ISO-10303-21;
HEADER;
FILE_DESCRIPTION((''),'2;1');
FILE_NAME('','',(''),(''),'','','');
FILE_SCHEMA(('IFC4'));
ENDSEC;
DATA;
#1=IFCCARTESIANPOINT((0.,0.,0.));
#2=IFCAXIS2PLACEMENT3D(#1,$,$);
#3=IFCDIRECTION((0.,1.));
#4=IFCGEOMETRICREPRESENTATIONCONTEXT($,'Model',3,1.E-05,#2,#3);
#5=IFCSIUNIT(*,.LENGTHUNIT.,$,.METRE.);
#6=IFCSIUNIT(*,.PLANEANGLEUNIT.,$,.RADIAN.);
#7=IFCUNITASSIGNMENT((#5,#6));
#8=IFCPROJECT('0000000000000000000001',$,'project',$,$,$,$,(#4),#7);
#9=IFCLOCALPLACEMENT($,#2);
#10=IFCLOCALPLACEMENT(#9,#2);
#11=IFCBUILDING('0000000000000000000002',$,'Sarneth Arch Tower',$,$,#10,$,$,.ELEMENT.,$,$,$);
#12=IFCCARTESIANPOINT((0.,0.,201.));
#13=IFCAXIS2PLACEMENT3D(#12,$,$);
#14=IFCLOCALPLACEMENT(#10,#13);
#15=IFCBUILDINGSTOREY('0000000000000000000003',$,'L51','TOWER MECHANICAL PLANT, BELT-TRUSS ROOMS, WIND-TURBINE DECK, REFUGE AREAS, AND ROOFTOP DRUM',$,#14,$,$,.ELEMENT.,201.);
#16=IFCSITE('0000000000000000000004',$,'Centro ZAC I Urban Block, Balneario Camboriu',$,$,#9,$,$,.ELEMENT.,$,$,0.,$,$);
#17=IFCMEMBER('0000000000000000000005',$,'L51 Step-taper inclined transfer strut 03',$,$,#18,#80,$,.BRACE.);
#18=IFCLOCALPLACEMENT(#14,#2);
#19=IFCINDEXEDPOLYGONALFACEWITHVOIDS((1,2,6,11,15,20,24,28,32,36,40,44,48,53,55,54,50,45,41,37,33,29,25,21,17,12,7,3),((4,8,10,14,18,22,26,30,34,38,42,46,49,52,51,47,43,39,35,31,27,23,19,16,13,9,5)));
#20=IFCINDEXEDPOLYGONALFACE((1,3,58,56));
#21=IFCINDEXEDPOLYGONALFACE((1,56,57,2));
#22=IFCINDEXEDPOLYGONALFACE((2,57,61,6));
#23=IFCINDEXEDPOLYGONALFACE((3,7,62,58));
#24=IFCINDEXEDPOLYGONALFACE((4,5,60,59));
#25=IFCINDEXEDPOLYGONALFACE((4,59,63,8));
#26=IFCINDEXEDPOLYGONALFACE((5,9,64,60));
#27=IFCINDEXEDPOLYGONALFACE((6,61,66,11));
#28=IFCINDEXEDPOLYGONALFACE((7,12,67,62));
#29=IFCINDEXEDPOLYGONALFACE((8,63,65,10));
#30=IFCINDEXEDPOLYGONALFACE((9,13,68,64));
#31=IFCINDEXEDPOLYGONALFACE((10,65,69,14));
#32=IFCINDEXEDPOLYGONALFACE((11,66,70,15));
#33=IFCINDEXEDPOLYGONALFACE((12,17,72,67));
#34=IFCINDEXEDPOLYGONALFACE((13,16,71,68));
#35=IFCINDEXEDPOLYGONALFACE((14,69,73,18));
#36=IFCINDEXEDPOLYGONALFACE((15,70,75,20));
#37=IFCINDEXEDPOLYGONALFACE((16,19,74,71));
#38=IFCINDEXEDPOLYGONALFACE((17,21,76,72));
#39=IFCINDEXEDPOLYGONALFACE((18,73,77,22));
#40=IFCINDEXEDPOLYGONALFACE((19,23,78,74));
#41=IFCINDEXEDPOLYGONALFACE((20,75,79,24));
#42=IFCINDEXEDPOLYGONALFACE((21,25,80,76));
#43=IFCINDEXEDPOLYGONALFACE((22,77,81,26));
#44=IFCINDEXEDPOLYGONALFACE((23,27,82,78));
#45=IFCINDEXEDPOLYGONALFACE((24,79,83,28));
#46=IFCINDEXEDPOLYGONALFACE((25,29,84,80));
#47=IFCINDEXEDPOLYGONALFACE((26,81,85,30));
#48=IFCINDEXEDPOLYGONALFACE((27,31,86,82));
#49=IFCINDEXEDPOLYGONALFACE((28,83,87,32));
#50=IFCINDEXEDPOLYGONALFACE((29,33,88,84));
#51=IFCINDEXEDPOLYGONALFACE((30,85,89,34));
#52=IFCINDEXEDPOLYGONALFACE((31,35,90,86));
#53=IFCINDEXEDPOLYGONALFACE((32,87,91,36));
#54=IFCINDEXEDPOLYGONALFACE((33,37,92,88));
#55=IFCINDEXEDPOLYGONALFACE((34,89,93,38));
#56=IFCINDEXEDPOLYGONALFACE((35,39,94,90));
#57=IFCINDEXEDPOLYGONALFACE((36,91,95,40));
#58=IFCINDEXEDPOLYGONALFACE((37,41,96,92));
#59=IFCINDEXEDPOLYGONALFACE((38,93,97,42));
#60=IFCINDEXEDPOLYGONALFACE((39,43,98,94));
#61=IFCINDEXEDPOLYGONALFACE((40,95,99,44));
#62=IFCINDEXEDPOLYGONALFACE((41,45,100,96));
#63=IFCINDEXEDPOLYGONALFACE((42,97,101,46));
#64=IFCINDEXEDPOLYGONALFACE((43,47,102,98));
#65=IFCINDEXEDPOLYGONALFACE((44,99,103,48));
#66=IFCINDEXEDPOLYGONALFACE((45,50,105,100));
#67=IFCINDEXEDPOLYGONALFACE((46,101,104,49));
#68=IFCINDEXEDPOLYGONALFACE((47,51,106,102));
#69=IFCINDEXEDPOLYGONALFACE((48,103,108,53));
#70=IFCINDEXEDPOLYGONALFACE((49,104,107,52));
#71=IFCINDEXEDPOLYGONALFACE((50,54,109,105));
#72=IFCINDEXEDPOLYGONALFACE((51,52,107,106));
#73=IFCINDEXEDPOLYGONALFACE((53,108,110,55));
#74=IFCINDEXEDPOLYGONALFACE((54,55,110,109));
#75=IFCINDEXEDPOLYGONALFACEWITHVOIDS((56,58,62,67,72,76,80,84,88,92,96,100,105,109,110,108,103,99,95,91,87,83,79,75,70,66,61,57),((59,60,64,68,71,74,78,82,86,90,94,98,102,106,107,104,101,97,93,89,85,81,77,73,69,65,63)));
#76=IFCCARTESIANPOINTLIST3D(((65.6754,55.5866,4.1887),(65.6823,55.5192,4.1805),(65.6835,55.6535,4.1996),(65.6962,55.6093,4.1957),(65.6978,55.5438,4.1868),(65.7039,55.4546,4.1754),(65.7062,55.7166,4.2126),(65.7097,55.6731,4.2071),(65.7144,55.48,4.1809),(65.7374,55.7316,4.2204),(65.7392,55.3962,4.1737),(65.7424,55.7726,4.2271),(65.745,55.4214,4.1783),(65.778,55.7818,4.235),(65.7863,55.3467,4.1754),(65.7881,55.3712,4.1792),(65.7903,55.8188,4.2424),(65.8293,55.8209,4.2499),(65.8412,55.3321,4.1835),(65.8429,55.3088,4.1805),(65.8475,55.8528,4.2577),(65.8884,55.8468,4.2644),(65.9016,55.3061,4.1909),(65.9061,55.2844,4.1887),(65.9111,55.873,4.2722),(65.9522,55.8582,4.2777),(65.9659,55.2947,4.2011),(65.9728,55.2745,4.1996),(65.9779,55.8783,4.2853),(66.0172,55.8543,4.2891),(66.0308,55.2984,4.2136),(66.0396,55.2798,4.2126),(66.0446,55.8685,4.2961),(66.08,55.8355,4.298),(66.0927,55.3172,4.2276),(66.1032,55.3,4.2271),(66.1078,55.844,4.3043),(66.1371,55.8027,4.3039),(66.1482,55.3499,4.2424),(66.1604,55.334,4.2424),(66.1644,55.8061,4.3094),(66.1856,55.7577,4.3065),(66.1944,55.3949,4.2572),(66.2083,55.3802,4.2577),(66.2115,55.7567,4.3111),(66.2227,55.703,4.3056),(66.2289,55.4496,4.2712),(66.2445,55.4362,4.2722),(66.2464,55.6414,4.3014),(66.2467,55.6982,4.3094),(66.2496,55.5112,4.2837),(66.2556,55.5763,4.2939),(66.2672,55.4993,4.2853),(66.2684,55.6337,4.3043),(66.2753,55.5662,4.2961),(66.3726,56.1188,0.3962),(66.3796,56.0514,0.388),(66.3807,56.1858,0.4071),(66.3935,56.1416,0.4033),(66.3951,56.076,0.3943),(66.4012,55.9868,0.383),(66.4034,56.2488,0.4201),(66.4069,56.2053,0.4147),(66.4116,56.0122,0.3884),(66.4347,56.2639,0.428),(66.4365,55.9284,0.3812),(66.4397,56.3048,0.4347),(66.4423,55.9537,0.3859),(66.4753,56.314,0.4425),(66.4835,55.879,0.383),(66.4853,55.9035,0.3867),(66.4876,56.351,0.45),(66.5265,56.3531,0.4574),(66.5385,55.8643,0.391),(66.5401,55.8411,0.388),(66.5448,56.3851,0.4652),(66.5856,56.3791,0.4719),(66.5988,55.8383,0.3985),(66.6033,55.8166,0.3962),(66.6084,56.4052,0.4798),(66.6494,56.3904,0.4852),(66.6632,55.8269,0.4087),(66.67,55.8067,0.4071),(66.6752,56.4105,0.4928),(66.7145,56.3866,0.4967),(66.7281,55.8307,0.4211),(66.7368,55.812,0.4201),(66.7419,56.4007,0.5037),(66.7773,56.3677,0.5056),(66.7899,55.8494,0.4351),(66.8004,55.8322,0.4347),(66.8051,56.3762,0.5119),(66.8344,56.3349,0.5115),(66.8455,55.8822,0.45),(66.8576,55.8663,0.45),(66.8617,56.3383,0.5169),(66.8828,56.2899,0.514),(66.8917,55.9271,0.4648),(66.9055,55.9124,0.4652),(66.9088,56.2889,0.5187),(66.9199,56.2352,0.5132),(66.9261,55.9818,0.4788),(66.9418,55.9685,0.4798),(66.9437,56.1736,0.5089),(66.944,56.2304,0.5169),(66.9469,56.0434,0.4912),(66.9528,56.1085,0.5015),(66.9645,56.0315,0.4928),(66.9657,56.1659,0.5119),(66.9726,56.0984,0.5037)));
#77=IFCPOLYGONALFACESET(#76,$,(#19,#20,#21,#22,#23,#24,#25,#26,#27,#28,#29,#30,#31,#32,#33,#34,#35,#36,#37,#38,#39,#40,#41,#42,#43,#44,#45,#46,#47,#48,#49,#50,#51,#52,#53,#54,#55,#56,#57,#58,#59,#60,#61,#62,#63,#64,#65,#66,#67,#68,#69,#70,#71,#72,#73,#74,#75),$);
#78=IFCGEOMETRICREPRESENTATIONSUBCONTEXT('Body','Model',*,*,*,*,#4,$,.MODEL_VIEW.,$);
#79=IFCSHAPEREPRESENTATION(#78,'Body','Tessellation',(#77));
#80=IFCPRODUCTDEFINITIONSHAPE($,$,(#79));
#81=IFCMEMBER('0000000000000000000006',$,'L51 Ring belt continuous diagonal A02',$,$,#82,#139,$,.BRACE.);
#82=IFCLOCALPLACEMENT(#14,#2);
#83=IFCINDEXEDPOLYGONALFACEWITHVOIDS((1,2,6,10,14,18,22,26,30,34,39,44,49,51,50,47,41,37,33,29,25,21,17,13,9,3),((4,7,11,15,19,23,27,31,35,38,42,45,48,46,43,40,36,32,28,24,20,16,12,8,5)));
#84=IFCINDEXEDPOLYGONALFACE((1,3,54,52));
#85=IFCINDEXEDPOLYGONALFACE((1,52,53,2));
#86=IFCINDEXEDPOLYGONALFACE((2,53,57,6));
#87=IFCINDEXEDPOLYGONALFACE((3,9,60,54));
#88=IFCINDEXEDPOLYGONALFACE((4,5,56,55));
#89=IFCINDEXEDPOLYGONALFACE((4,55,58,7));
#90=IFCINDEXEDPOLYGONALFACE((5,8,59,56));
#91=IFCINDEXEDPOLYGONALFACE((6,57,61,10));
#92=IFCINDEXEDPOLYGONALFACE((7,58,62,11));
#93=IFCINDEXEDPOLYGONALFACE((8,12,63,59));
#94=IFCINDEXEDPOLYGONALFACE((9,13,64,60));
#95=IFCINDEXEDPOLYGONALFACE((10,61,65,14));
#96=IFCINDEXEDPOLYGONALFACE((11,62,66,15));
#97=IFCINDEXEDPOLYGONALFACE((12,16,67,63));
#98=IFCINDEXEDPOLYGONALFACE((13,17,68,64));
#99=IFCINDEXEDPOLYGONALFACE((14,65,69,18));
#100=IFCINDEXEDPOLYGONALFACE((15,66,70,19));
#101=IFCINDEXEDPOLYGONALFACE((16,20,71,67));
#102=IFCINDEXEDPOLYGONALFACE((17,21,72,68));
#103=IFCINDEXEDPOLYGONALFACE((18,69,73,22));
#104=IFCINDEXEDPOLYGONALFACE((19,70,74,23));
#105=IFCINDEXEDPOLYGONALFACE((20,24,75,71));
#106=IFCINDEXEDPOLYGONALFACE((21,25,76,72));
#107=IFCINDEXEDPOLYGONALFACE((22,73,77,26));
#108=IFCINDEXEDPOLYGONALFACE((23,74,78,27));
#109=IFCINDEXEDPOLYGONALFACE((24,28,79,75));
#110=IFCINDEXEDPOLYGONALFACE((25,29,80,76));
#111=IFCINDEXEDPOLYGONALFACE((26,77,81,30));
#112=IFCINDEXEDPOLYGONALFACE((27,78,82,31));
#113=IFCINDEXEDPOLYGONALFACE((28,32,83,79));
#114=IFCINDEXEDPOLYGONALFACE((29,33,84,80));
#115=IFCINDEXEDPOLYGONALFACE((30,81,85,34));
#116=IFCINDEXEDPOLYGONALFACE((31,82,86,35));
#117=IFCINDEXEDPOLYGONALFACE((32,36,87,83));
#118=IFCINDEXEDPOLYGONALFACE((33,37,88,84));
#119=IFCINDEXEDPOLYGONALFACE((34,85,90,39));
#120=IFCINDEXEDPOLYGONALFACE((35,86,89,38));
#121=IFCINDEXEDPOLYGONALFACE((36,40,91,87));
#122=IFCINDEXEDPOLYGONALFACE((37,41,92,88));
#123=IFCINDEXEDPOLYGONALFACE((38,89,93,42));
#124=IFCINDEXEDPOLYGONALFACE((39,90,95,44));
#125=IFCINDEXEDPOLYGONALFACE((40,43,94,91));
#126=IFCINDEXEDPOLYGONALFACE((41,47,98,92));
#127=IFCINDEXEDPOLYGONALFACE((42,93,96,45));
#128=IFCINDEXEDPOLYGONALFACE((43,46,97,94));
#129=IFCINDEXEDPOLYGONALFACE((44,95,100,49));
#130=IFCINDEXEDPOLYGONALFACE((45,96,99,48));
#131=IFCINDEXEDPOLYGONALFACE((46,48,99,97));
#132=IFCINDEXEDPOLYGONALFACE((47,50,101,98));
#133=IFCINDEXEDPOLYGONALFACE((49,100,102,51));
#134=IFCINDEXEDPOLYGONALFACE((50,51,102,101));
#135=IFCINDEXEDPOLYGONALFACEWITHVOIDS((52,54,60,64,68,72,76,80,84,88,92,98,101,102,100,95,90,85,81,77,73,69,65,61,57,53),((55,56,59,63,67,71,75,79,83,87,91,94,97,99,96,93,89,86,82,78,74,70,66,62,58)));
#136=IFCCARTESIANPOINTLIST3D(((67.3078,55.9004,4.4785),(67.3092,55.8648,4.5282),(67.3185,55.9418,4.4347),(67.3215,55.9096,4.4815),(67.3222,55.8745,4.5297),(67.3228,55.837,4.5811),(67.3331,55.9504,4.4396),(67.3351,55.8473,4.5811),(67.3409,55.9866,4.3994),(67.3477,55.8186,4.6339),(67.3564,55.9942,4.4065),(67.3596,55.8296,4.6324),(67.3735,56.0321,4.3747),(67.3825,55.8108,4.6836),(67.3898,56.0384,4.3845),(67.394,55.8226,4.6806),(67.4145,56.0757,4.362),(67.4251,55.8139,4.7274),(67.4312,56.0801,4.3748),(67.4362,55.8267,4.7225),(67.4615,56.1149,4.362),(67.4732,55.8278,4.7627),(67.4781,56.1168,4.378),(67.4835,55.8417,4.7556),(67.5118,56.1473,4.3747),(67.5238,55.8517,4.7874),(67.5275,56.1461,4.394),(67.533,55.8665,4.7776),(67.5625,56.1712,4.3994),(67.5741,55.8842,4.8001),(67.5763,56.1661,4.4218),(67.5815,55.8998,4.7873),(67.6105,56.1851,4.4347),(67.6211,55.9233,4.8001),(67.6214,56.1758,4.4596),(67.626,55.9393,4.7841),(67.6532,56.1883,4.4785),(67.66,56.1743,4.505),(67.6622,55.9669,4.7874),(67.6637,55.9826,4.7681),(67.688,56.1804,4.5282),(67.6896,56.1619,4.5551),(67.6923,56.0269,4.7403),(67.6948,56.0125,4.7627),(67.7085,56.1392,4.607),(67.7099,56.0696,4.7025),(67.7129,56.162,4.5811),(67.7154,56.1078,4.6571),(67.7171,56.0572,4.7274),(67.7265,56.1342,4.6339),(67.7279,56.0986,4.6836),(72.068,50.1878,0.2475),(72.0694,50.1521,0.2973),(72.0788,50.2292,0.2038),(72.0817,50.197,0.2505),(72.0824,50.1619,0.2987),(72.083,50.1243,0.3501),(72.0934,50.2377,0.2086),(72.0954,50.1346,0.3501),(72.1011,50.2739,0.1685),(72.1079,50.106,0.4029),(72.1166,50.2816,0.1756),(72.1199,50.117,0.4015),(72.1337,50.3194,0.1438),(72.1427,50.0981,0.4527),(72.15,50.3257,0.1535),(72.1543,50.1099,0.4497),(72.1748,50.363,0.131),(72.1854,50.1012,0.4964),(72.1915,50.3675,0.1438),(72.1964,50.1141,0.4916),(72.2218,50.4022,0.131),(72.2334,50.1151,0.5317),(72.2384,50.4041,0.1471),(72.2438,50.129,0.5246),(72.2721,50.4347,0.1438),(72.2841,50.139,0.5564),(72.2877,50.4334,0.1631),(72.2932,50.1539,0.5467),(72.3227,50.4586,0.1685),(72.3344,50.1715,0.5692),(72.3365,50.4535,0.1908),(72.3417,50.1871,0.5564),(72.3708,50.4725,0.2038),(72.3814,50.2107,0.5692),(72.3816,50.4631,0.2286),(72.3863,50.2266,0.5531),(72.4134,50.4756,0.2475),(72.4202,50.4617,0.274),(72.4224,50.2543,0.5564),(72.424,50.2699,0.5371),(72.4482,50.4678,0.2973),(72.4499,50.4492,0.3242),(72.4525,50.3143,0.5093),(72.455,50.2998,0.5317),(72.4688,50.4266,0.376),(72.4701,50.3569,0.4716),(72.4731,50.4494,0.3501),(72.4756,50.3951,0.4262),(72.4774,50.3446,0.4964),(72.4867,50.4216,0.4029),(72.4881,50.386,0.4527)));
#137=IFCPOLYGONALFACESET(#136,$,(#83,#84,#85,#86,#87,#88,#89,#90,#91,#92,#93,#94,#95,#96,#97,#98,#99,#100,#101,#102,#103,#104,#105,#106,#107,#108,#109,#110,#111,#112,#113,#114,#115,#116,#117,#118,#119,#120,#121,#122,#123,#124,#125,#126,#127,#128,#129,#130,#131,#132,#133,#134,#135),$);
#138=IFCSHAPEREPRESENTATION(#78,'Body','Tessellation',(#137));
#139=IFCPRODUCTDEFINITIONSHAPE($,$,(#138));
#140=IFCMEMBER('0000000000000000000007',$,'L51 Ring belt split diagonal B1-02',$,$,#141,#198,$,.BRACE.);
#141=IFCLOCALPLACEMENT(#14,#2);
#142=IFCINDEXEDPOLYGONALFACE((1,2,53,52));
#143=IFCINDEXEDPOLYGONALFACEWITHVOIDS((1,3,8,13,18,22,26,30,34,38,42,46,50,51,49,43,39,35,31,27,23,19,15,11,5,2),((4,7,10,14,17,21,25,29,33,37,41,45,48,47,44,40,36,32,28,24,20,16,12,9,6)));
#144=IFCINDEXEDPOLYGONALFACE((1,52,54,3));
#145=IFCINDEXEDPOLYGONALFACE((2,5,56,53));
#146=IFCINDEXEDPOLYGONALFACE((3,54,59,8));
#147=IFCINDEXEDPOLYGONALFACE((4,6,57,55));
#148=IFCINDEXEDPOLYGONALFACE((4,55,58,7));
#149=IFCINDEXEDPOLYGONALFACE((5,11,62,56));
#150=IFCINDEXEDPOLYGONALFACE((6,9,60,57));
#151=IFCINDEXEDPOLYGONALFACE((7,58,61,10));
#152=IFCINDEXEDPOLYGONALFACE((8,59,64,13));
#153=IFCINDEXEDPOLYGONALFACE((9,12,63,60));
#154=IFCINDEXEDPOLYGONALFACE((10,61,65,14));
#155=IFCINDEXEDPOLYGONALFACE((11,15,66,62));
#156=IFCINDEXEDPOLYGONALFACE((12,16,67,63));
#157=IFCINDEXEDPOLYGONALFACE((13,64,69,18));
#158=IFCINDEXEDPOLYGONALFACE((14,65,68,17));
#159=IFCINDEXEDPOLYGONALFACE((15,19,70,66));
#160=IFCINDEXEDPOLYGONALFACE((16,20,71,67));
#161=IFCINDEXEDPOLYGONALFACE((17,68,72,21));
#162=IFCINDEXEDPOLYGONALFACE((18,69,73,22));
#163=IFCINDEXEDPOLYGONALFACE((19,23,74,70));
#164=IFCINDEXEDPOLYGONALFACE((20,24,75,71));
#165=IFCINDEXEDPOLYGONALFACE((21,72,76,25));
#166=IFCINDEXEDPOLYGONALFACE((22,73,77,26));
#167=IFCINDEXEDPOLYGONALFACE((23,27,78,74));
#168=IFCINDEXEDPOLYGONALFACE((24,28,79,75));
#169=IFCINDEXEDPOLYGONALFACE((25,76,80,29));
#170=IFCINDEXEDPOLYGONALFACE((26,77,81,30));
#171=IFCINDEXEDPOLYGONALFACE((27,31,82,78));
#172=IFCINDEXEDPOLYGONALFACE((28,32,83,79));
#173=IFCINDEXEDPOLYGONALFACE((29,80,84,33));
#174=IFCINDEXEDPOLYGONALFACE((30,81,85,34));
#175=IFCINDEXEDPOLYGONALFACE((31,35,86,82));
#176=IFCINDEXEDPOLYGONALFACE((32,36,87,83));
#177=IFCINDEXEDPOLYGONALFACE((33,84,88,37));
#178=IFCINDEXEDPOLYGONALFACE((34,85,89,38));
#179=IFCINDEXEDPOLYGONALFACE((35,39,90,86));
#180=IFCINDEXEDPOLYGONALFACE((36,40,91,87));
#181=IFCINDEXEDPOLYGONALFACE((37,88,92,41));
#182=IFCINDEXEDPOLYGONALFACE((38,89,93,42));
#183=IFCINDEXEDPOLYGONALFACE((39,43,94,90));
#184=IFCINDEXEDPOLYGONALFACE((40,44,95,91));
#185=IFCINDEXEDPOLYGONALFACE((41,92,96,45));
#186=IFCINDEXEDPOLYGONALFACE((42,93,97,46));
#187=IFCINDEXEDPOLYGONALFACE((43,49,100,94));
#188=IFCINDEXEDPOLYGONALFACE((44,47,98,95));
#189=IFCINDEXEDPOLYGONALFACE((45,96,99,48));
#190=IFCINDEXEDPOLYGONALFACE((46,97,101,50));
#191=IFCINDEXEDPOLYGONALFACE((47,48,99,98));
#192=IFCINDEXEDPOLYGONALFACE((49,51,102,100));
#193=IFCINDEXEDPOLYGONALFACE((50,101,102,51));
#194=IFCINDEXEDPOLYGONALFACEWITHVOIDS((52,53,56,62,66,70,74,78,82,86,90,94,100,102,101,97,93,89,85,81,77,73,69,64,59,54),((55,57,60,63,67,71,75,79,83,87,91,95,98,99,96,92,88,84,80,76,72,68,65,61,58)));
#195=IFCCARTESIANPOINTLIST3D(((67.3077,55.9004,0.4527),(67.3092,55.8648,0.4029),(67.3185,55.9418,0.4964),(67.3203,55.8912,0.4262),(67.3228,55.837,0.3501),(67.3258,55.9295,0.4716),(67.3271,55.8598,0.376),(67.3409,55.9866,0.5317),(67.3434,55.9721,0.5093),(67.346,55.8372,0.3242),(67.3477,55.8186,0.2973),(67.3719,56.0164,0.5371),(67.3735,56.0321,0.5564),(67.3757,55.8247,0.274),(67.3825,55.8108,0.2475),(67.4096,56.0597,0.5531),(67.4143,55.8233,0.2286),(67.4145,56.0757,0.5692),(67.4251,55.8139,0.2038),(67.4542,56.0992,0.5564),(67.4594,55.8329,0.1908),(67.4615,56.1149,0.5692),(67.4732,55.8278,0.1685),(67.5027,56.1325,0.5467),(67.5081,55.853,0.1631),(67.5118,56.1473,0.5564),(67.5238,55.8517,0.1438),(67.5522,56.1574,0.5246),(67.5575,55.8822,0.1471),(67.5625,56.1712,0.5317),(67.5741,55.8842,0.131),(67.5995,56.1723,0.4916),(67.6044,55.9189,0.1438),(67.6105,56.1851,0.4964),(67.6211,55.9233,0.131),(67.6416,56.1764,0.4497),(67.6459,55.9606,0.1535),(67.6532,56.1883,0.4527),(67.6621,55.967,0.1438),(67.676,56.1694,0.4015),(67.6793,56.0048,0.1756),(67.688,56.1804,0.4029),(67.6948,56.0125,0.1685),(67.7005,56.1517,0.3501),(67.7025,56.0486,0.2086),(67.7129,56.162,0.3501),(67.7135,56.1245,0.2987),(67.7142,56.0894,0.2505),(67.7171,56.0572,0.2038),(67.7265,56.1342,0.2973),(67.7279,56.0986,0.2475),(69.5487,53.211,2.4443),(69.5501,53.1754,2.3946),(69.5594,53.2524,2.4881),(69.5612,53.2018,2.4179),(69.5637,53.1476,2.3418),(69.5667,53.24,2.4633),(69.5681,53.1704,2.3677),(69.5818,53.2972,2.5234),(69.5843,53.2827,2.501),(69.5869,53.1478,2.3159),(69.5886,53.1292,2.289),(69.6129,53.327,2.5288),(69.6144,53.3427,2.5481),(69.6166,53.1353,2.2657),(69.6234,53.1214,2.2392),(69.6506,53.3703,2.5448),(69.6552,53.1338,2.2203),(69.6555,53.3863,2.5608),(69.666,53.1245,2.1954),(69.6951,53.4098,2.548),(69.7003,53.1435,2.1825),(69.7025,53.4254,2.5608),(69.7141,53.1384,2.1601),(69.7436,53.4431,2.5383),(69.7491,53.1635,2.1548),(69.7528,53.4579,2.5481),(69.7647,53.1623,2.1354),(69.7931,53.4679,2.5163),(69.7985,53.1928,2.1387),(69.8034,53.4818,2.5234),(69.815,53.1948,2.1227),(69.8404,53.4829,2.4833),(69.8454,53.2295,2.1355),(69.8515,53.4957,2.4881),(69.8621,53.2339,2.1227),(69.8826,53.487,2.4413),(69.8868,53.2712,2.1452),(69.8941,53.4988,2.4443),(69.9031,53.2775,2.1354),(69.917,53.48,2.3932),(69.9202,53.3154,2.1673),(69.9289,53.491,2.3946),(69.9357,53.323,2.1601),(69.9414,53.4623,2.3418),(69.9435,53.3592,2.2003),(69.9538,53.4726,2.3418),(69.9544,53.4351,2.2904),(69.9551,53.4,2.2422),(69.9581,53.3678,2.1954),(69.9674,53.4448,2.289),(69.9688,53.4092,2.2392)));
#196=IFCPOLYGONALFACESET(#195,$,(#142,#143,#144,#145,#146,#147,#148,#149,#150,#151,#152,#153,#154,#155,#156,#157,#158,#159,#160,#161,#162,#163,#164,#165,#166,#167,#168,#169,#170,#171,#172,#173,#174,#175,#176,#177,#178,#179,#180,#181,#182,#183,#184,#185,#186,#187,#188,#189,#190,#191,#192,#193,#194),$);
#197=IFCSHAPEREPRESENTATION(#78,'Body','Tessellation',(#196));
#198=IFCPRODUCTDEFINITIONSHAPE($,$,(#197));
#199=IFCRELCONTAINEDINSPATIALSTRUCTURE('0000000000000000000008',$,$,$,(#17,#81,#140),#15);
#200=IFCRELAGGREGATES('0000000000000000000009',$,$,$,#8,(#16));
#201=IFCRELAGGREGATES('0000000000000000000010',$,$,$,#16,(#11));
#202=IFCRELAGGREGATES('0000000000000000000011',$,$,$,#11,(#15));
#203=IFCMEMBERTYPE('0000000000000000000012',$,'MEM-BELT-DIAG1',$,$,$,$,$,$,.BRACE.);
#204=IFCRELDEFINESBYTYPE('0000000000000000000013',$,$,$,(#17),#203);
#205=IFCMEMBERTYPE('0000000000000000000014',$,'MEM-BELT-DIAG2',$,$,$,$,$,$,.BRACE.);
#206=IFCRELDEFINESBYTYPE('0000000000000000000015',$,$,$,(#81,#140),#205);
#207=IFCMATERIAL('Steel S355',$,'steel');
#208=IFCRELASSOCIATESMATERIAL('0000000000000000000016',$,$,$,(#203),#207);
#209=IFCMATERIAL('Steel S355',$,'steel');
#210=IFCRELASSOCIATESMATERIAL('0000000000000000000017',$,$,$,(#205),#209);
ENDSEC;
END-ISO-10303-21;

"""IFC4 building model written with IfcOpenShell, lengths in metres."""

from ifc_helpers import new_model, si_unit, direction, frame, origin, origin_2d, place, context, subcontext, project, spatial, hollow_circle, extrude, material, material_profile, profile_set, type_object, element, save


model = new_model("IFC4")

# Units and contexts
model_context = context("Model", 3, precision=1e-05, world=origin(), true_north=direction((0.0, 1.0)))
body_context = subcontext(model_context, "Body", "Model", "MODEL_VIEW")
ifc_project = project(units=[si_unit("LENGTHUNIT", "METRE"), si_unit("PLANEANGLEUNIT", "RADIAN")], contexts=[model_context])

# Site, building, storey
site_placement = place(None, origin())
site = spatial("IfcSite", under=ifc_project, at=site_placement, Name="Centro ZAC I Urban Block, Balneario Camboriu", CompositionType="ELEMENT", RefElevation=0.0)
building_placement = place(site_placement, origin())
building = spatial("IfcBuilding", under=site, at=building_placement, Name="Sarneth Arch Tower", CompositionType="ELEMENT")
storey_placement = place(building_placement, frame((0.0, 0.0, 201.0)))
storey = spatial("IfcBuildingStorey", under=building, at=storey_placement, Name="L51", Description="TOWER MECHANICAL PLANT, BELT-TRUSS ROOMS, WIND-TURBINE DECK, REFUGE AREAS, AND ROOFTOP DRUM", CompositionType="ELEMENT", Elevation=201.0)

# Members
ifc_material_1 = material(Name="Steel S355", Category="steel")
ifc_material_profile_1 = material_profile(ifc_material_1, hollow_circle(Radius=0.3049, WallThickness=0.02, at=origin_2d()), Name="CHS610x20")
ifc_profile_set_1 = profile_set([ifc_material_profile_1], Name="Steel S355")
member_type_1 = type_object("IfcMemberType", Name="MEM-BELT-DIAG1", PredefinedType="BRACE", material=ifc_profile_set_1)
member_1_placement = place(storey_placement, frame((66.6726, 56.1086, 0.45), z_axis=(-0.179126, -0.136728, 0.974279), x_axis=(0.606747, -0.794895, 0.0)))
element("IfcMember", 1, at=member_1_placement, inside=storey, type_object=member_type_1, Name="L51 Step-taper inclined transfer strut 03", PredefinedType="BRACE", context=body_context, shape_type="SweptSolid", body=[
    extrude(hollow_circle(Radius=0.3049, WallThickness=0.02, at=origin_2d()), origin(), (0.0, 0.0, 1.0), 3.8926),
])
ifc_material_2 = material(Name="Steel S355", Category="steel")
ifc_material_profile_2 = material_profile(ifc_material_2, hollow_circle(Radius=0.2539, WallThickness=0.0161, at=origin_2d()), Name="CHS508x16")
ifc_profile_set_2 = profile_set([ifc_material_profile_2], Name="Steel S355")
member_type_2 = type_object("IfcMemberType", Name="MEM-BELT-DIAG2", PredefinedType="BRACE", material=ifc_profile_set_2)
member_2_placement = place(storey_placement, frame((72.2781, 50.2869, 0.3501), z_axis=(-0.556402, 0.667722, 0.494535), x_axis=(-0.76824, -0.640162, 0.0)))
element("IfcMember", 2, at=member_2_placement, inside=storey, type_object=member_type_2, Name="L51 Ring belt continuous diagonal A02", PredefinedType="BRACE", context=body_context, shape_type="SweptSolid", body=[
    extrude(hollow_circle(Radius=0.2539, WallThickness=0.0161, at=origin_2d()), origin(), (0.0, 0.0, 1.0), 8.5554),
])
for number, where, z_axis, x_axis, name in (
    (3, (67.5178, 55.9995, 0.3501), (0.556396, -0.667748, 0.494507), (0.768256, 0.640143, 0.0), "L51 Ring belt split diagonal B1-02"),
):
    element("IfcMember", number, at=place(storey_placement, frame(where, z_axis=z_axis, x_axis=x_axis)), inside=storey, type_object=member_type_2, Name=name, PredefinedType="BRACE", context=body_context, shape_type="SweptSolid", body=[
        extrude(hollow_circle(Radius=0.2539, WallThickness=0.0161, at=origin_2d()), origin(), (0.0, 0.0, 1.0), 4.0276),
    ])

save(model, "model.ifc")
